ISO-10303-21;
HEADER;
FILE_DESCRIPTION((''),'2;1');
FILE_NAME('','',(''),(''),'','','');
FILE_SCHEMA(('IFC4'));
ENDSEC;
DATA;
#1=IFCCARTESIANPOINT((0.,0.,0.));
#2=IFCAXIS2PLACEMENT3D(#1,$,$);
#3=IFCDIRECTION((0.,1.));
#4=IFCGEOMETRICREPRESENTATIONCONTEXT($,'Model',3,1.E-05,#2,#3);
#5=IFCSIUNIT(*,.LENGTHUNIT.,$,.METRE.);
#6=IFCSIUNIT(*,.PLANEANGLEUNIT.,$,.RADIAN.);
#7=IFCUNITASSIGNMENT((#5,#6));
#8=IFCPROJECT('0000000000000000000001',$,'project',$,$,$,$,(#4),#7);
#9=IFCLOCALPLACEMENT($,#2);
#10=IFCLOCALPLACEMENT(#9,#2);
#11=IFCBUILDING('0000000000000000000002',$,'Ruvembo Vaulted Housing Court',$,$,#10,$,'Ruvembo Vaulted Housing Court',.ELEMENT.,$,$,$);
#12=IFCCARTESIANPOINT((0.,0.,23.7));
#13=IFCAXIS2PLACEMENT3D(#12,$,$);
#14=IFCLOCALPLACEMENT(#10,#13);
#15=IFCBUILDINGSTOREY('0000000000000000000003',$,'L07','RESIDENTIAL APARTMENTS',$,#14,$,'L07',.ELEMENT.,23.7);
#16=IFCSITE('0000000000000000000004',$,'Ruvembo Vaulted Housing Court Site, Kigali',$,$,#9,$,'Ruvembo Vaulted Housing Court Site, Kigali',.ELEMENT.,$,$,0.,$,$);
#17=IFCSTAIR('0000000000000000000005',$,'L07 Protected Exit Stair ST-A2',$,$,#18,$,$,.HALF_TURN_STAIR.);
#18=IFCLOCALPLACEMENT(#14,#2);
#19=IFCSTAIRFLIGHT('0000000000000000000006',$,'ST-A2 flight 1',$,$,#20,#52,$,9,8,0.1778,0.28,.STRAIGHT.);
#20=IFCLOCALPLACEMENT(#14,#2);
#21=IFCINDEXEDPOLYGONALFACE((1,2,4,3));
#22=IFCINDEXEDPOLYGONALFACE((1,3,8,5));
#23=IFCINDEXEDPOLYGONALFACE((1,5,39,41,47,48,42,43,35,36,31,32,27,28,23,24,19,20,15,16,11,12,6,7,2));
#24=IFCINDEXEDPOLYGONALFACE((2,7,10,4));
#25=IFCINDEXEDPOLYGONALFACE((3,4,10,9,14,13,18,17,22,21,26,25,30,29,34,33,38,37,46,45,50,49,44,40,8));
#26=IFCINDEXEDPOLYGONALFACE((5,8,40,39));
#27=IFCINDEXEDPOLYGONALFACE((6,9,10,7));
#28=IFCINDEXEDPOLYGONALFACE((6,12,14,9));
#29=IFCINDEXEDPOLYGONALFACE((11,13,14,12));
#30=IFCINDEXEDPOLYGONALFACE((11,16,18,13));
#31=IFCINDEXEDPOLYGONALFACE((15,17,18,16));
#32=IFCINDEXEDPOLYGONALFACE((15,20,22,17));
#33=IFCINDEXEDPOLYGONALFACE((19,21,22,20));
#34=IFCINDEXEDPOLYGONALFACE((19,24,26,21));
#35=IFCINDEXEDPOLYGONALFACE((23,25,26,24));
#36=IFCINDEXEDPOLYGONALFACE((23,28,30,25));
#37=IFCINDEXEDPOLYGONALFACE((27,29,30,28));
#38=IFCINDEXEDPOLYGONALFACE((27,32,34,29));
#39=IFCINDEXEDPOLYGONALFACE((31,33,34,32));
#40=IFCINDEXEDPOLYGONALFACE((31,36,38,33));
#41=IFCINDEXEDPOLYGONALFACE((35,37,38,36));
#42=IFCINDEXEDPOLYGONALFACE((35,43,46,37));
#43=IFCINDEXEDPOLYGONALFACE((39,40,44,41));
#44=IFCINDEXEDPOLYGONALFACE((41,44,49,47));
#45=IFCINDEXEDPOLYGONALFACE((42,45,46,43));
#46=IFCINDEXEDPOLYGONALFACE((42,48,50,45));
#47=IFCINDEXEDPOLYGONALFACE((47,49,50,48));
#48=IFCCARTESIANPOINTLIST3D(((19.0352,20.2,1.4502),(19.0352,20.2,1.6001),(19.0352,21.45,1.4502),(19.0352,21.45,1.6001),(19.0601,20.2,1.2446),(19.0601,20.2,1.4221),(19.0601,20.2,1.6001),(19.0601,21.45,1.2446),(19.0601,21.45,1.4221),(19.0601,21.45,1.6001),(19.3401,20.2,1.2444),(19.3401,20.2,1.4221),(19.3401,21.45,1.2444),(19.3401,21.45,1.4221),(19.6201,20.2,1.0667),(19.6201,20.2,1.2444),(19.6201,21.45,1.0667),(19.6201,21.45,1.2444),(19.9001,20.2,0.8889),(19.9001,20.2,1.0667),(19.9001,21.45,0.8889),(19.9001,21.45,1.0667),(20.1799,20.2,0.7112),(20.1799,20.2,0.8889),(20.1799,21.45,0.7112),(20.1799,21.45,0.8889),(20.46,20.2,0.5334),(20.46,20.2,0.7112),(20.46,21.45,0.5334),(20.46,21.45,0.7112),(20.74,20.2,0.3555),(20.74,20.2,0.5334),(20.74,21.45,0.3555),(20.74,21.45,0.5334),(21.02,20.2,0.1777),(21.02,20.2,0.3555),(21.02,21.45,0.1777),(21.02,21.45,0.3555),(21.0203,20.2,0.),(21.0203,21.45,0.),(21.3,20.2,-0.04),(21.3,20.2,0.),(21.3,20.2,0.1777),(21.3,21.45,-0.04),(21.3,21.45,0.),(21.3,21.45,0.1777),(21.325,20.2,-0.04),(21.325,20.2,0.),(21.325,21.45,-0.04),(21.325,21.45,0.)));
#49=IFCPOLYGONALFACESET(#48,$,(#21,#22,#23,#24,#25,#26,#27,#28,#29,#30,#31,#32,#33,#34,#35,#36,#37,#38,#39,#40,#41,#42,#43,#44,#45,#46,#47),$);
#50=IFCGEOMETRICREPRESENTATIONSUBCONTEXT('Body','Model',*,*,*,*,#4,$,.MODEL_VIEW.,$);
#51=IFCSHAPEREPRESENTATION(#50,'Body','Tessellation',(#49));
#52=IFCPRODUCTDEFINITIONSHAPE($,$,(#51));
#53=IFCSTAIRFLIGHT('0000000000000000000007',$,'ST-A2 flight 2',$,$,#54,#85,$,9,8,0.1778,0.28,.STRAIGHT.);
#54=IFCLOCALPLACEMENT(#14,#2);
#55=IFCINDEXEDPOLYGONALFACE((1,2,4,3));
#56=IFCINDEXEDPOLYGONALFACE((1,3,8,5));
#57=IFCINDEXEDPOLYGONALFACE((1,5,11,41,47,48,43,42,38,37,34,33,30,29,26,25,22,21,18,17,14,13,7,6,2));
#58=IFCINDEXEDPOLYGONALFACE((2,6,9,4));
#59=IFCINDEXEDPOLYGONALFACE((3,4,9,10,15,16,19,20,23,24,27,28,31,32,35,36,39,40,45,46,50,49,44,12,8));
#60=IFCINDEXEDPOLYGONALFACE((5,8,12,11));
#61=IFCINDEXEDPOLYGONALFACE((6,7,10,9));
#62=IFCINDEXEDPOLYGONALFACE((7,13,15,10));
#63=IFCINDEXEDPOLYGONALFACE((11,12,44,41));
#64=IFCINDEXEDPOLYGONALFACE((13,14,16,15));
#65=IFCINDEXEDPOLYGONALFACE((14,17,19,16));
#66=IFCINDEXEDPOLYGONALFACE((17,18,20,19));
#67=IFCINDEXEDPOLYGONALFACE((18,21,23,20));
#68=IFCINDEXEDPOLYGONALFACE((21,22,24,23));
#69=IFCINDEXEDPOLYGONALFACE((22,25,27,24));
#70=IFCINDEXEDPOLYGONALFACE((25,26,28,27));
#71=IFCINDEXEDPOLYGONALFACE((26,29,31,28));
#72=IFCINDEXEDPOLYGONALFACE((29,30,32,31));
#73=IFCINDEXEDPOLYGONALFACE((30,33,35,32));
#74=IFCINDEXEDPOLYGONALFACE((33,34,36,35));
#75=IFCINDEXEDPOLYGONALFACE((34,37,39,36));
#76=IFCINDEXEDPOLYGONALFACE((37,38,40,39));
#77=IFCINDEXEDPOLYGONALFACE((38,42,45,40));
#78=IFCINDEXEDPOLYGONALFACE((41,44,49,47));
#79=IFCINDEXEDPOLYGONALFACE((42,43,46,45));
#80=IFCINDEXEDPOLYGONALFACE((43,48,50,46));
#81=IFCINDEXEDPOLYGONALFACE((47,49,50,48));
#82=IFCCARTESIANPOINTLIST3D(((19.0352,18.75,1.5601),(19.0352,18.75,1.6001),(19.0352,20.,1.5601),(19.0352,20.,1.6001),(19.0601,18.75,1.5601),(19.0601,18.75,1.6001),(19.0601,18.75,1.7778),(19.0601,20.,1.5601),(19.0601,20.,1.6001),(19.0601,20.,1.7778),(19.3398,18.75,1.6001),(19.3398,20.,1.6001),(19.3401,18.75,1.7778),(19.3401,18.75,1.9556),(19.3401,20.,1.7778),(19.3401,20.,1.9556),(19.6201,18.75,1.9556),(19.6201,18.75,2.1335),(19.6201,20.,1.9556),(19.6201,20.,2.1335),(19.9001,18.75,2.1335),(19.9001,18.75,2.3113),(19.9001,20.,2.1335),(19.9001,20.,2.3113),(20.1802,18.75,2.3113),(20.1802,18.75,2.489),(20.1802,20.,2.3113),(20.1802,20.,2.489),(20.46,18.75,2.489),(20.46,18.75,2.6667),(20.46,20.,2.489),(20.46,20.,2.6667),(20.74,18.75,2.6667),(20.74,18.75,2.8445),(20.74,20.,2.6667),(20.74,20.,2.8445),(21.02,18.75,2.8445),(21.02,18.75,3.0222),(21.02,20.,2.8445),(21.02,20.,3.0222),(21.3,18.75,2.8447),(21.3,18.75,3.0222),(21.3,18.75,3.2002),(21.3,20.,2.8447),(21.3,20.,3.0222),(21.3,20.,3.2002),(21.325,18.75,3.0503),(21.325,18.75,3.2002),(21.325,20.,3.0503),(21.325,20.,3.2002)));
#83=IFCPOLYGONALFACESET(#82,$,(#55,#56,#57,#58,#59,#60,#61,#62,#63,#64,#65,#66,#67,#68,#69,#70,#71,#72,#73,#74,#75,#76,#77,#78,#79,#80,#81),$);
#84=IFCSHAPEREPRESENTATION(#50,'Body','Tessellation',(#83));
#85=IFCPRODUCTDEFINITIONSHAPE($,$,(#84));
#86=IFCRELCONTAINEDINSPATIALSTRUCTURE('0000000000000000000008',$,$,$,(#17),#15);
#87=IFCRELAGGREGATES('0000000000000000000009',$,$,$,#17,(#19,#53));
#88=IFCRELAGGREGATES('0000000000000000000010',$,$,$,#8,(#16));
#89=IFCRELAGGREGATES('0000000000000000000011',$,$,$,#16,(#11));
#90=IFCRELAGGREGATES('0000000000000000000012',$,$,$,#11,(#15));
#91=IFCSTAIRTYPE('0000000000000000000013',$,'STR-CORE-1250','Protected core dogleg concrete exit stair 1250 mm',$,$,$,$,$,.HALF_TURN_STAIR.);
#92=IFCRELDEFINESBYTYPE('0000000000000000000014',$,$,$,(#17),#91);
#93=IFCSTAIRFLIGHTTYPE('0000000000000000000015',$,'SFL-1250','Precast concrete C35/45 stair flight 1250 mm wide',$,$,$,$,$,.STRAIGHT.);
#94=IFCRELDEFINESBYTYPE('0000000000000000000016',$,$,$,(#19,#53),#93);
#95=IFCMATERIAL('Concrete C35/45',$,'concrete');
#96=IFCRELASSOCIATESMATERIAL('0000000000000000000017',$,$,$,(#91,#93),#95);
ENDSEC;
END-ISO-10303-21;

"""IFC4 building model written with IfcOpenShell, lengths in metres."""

from ifc_helpers import new_model, si_unit, direction, frame, origin, place, context, subcontext, project, spatial, polyline, outline, extrude, material, type_object, element, aggregate, save


model = new_model("IFC4")

# Units and contexts
model_context = context("Model", 3, precision=1e-05, world=origin(), true_north=direction((0.0, 1.0)))
body_context = subcontext(model_context, "Body", "Model", "MODEL_VIEW")
ifc_project = project(units=[si_unit("LENGTHUNIT", "METRE"), si_unit("PLANEANGLEUNIT", "RADIAN")], contexts=[model_context])

# Site, building, storey
site_placement = place(None, origin())
site = spatial("IfcSite", under=ifc_project, at=site_placement, Name="Ruvembo Vaulted Housing Court Site, Kigali", LongName="Ruvembo Vaulted Housing Court Site, Kigali", CompositionType="ELEMENT", RefElevation=0.0)
building_placement = place(site_placement, origin())
building = spatial("IfcBuilding", under=site, at=building_placement, Name="Ruvembo Vaulted Housing Court", LongName="Ruvembo Vaulted Housing Court", CompositionType="ELEMENT")
storey_placement = place(building_placement, frame((0.0, 0.0, 23.7)))
storey = spatial("IfcBuildingStorey", under=building, at=storey_placement, Name="L07", Description="RESIDENTIAL APARTMENTS", LongName="L07", CompositionType="ELEMENT", Elevation=23.7)

# Shared definitions
ifc_material_1 = material(Name="Concrete C35/45", Category="concrete")

# Stair, stair flights
stair_type = type_object("IfcStairType", Name="STR-CORE-1250", Description="Protected core dogleg concrete exit stair 1250 mm", PredefinedType="HALF_TURN_STAIR", material=ifc_material_1)
stair_placement = place(storey_placement, origin())
stair = element("IfcStair", 1, at=stair_placement, inside=storey, type_object=stair_type, Name="L07 Protected Exit Stair ST-A2", PredefinedType="HALF_TURN_STAIR")
stair_flight_type = type_object("IfcStairFlightType", Name="SFL-1250", Description="Precast concrete C35/45 stair flight 1250 mm wide", PredefinedType="STRAIGHT", material=ifc_material_1)
stair_flight_1_placement = place(storey_placement, frame((21.3, 20.825, 0.0), z_axis=(0.0, 0.0, 1.0), x_axis=(-1.0, 0.0, 0.0)))
stair_flight_1 = element("IfcStairFlight", 2, at=stair_flight_1_placement, type_object=stair_flight_type, Name="ST-A2 flight 1", NumberOfRisers=9, NumberOfTreads=8, PredefinedType="STRAIGHT", RiserHeight=0.1778, TreadLength=0.28, context=body_context, shape_type="SweptSolid", body=[
    extrude(outline(polyline([(-0.0249, -0.04), (-0.0249, 0.0), (0.0, 0.0), (0.0, 0.1777), (0.28, 0.1777), (0.28, 0.3555), (0.5601, 0.3555), (0.5601, 0.5334), (0.8401, 0.5334), (0.8401, 0.7112), (1.1201, 0.7112), (1.1201, 0.8889), (1.3999, 0.8889), (1.3999, 1.0667), (1.6799, 1.0667), (1.6799, 1.2444), (1.96, 1.2444), (1.96, 1.4221), (2.24, 1.4221), (2.24, 1.6001), (2.2649, 1.6001), (2.2649, 1.4502), (2.24, 1.2446), (0.2798, 0.0), (0.0, -0.04), (-0.0249, -0.04)])), frame((0.0, 0.625, 0.0), z_axis=(0.0, -1.0, 0.0), x_axis=(1.0, 0.0, 0.0)), (0.0, 0.0, 1.0), 1.25),
])
stair_flight_2_placement = place(storey_placement, frame((19.0601, 19.375, 1.6001), z_axis=(0.0, 0.0, 1.0), x_axis=(1.0, 0.0, 0.0)))
stair_flight_2 = element("IfcStairFlight", 3, at=stair_flight_2_placement, type_object=stair_flight_type, Name="ST-A2 flight 2", NumberOfRisers=9, NumberOfTreads=8, PredefinedType="STRAIGHT", RiserHeight=0.1778, TreadLength=0.28, context=body_context, shape_type="SweptSolid", body=[
    extrude(outline(polyline([(-0.0249, -0.04), (-0.0249, 0.0), (0.0, 0.0), (0.0, 0.1777), (0.28, 0.1777), (0.28, 0.3555), (0.5601, 0.3555), (0.5601, 0.5334), (0.8401, 0.5334), (0.8401, 0.7112), (1.1201, 0.7112), (1.1201, 0.8889), (1.3999, 0.8889), (1.3999, 1.0667), (1.6799, 1.0667), (1.6799, 1.2444), (1.96, 1.2444), (1.96, 1.4221), (2.24, 1.4221), (2.24, 1.6001), (2.2649, 1.6001), (2.2649, 1.4502), (2.24, 1.2446), (0.2798, 0.0), (0.0, -0.04), (-0.0249, -0.04)])), frame((0.0, 0.625, 0.0), z_axis=(0.0, -1.0, 0.0), x_axis=(1.0, 0.0, 0.0)), (0.0, 0.0, 1.0), 1.25),
])
aggregate(stair, [stair_flight_1, stair_flight_2])

save(model, "model.ifc")
